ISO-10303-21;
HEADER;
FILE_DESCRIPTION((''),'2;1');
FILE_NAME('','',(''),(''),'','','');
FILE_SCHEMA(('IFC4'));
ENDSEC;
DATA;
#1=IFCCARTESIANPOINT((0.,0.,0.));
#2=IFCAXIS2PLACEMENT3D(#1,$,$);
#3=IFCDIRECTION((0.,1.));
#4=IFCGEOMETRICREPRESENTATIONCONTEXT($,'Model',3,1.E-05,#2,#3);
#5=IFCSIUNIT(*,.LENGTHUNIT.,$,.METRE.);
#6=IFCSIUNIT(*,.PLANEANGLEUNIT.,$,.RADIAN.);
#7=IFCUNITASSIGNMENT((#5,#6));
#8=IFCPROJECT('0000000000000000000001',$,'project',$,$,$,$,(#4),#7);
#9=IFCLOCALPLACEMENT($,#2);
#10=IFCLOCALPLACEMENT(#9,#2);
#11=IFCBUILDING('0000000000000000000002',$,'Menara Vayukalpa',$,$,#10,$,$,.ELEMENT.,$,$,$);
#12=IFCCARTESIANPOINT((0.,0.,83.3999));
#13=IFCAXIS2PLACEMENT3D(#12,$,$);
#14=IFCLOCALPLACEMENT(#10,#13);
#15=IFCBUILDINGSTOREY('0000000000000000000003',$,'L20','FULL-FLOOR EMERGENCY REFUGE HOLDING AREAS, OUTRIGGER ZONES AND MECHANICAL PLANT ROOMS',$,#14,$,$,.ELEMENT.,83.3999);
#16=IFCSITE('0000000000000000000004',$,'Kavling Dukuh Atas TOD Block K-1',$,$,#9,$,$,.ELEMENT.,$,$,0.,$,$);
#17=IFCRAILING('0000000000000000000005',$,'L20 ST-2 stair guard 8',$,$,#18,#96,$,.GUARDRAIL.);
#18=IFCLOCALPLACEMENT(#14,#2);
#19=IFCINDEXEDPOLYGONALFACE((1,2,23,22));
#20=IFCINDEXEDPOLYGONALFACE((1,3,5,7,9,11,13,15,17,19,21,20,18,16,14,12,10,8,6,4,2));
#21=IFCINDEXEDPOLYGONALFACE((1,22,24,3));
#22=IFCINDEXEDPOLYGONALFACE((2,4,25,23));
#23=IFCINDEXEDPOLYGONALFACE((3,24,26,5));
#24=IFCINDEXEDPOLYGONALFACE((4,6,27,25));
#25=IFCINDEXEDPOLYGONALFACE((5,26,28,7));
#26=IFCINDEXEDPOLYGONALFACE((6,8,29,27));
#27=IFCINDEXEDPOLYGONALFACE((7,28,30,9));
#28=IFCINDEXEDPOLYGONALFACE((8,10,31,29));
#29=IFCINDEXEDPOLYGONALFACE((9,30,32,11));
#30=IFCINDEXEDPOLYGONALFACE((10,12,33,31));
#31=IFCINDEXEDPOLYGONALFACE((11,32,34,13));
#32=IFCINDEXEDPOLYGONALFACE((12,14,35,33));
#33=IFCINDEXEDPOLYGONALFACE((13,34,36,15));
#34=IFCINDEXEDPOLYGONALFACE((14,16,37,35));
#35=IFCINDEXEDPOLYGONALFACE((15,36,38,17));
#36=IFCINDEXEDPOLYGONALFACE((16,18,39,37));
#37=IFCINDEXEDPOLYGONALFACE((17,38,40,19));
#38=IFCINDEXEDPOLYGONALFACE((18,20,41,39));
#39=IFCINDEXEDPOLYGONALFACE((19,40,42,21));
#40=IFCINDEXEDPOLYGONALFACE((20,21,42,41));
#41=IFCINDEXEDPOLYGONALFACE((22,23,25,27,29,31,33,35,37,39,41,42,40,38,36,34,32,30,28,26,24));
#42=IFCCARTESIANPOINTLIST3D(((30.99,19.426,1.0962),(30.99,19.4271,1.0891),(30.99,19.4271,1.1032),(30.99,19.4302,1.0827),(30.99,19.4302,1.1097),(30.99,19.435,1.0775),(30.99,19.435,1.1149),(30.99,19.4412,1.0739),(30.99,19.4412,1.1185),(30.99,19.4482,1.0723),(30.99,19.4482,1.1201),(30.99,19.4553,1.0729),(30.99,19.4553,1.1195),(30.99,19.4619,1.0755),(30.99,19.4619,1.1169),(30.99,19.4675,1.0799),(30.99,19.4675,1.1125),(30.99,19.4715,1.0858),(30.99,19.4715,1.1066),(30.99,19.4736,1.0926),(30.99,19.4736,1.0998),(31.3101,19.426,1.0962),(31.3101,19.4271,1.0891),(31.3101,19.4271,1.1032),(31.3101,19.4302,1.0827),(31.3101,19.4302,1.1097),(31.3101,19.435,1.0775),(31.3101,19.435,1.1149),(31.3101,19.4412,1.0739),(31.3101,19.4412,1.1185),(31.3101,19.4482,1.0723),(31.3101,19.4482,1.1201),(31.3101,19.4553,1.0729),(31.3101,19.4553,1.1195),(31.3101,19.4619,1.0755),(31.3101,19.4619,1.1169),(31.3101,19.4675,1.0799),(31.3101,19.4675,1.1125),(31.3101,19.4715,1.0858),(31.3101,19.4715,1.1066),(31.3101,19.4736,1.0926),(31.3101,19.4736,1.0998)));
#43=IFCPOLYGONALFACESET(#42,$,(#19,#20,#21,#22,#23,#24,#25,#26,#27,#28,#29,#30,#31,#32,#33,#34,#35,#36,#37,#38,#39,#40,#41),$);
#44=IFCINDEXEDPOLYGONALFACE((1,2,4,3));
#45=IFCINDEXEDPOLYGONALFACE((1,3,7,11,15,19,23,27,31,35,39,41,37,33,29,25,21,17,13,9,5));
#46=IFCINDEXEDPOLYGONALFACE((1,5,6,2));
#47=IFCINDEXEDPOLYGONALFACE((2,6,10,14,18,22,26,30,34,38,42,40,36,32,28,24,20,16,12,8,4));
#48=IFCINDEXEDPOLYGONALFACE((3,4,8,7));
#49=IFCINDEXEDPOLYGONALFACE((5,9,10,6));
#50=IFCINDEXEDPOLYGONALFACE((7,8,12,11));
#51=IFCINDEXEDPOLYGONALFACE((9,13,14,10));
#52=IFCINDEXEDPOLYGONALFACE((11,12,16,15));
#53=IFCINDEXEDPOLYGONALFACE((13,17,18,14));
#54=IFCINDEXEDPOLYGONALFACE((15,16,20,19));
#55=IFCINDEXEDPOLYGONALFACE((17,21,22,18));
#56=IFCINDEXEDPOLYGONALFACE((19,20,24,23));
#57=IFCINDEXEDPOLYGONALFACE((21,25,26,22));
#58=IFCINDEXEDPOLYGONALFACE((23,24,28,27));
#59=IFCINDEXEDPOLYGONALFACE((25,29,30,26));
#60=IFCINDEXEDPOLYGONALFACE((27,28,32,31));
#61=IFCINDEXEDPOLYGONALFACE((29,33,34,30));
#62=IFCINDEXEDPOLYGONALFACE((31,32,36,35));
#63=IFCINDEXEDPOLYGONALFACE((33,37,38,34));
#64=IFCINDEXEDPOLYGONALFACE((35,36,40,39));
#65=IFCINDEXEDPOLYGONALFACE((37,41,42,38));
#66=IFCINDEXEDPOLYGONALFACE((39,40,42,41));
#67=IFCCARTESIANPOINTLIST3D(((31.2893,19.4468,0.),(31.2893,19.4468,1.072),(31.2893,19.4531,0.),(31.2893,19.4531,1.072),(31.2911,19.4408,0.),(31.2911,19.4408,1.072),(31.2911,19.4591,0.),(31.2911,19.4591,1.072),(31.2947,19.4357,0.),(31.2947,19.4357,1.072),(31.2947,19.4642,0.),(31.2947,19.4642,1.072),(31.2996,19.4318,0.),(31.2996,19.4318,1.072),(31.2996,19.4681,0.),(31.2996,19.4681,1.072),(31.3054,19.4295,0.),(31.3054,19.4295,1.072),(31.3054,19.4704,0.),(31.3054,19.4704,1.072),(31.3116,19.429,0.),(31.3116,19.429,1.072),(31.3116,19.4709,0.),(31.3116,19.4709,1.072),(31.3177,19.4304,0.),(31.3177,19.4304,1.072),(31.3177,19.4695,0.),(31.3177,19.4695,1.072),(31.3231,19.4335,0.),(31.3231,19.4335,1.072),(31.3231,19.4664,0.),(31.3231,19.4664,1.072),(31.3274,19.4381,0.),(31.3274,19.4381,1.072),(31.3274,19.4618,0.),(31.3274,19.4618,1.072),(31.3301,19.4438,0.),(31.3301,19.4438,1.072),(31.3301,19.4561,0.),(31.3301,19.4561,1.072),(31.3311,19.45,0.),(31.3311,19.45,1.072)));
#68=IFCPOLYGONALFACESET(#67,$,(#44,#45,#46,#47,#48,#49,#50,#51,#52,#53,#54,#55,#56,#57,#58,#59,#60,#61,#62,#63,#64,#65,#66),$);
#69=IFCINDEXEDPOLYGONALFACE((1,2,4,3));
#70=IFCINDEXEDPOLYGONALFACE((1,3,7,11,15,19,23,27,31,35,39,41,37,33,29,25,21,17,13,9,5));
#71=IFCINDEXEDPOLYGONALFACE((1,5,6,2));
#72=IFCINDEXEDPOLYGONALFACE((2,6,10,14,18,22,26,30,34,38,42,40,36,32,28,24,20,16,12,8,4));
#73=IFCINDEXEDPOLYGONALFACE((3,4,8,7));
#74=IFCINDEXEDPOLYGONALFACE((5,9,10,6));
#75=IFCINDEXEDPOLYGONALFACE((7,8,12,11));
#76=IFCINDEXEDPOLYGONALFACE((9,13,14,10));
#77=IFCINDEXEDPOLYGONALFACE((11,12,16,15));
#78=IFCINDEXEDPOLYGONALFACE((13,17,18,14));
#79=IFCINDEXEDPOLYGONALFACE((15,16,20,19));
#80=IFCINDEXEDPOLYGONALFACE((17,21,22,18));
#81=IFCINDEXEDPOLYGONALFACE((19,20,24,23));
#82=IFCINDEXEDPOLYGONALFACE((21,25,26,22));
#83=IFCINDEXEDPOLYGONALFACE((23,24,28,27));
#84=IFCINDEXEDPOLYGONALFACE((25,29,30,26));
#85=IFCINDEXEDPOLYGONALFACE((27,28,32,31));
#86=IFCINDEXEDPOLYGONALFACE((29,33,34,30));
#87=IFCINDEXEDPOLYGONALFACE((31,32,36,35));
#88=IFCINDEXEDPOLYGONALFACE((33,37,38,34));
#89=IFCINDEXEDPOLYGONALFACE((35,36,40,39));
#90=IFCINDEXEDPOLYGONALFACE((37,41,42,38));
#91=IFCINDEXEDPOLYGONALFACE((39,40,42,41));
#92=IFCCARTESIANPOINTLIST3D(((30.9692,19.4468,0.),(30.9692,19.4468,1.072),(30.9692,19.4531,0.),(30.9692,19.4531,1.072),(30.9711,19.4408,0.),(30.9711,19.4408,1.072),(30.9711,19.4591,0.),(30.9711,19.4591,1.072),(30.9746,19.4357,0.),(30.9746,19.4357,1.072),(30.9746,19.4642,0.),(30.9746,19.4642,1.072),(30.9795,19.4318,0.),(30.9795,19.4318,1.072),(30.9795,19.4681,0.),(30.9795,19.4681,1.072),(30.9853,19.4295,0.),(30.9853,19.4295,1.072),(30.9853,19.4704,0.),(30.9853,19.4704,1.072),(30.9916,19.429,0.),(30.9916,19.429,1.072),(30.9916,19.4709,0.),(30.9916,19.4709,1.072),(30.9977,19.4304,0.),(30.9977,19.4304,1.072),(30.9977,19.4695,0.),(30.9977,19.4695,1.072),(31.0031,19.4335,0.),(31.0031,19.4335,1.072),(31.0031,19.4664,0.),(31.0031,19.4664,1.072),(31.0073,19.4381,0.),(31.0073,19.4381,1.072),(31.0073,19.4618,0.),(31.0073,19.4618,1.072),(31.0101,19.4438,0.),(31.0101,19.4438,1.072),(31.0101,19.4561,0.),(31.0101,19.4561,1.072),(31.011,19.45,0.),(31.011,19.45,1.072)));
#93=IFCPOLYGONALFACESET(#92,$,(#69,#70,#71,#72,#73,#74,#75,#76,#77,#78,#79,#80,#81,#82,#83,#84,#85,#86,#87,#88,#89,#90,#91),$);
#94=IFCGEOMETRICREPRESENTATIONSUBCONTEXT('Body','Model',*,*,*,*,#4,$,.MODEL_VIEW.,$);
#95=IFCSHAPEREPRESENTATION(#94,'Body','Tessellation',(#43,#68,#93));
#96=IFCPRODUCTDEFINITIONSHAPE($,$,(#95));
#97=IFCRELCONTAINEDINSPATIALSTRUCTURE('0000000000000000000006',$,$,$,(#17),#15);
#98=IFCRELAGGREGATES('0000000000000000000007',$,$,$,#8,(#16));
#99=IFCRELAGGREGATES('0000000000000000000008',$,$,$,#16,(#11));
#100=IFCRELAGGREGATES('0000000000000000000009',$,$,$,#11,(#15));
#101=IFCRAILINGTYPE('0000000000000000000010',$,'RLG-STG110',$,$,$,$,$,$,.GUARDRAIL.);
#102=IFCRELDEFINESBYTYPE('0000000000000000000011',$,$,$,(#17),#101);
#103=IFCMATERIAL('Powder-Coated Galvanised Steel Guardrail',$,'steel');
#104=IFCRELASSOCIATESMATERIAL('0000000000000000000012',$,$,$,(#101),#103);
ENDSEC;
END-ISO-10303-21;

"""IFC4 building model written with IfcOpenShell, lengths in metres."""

from ifc_helpers import new_model, si_unit, direction, frame, origin, origin_2d, place, context, subcontext, project, spatial, circle, extrude, material, type_object, element, save


model = new_model("IFC4")

# Units and contexts
model_context = context("Model", 3, precision=1e-05, world=origin(), true_north=direction((0.0, 1.0)))
body_context = subcontext(model_context, "Body", "Model", "MODEL_VIEW")
ifc_project = project(units=[si_unit("LENGTHUNIT", "METRE"), si_unit("PLANEANGLEUNIT", "RADIAN")], contexts=[model_context])

# Site, building, storey
site_placement = place(None, origin())
site = spatial("IfcSite", under=ifc_project, at=site_placement, Name="Kavling Dukuh Atas TOD Block K-1", CompositionType="ELEMENT", RefElevation=0.0)
building_placement = place(site_placement, origin())
building = spatial("IfcBuilding", under=site, at=building_placement, Name="Menara Vayukalpa", CompositionType="ELEMENT")
storey_placement = place(building_placement, frame((0.0, 0.0, 83.3999)))
storey = spatial("IfcBuildingStorey", under=building, at=storey_placement, Name="L20", Description="FULL-FLOOR EMERGENCY REFUGE HOLDING AREAS, OUTRIGGER ZONES AND MECHANICAL PLANT ROOMS", CompositionType="ELEMENT", Elevation=83.3999)

# Railing
ifc_material_1 = material(Name="Powder-Coated Galvanised Steel Guardrail", Category="steel")
railing_type = type_object("IfcRailingType", Name="RLG-STG110", PredefinedType="GUARDRAIL", material=ifc_material_1)
railing_1_placement = place(storey_placement, frame((31.3101, 19.45, 0.0)))
element("IfcRailing", 1, at=railing_1_placement, inside=storey, type_object=railing_type, Name="L20 ST-2 stair guard 8", PredefinedType="GUARDRAIL", context=body_context, shape_type="SweptSolid", body=[
    extrude(circle(Radius=0.0239, at=origin_2d()), frame((0.0, 0.0, 1.0962), z_axis=(-1.0, 0.0, 0.0), x_axis=(0.0, -1.0, 0.0)), (0.0, 0.0, 1.0), 0.3201),
    extrude(circle(Radius=0.021, at=origin_2d()), origin(), (0.0, 0.0, 1.0), 1.072),
    extrude(circle(Radius=0.021, at=origin_2d()), frame((-0.3201, 0.0, 0.0)), (0.0, 0.0, 1.0), 1.072),
])

save(model, "model.ifc")
